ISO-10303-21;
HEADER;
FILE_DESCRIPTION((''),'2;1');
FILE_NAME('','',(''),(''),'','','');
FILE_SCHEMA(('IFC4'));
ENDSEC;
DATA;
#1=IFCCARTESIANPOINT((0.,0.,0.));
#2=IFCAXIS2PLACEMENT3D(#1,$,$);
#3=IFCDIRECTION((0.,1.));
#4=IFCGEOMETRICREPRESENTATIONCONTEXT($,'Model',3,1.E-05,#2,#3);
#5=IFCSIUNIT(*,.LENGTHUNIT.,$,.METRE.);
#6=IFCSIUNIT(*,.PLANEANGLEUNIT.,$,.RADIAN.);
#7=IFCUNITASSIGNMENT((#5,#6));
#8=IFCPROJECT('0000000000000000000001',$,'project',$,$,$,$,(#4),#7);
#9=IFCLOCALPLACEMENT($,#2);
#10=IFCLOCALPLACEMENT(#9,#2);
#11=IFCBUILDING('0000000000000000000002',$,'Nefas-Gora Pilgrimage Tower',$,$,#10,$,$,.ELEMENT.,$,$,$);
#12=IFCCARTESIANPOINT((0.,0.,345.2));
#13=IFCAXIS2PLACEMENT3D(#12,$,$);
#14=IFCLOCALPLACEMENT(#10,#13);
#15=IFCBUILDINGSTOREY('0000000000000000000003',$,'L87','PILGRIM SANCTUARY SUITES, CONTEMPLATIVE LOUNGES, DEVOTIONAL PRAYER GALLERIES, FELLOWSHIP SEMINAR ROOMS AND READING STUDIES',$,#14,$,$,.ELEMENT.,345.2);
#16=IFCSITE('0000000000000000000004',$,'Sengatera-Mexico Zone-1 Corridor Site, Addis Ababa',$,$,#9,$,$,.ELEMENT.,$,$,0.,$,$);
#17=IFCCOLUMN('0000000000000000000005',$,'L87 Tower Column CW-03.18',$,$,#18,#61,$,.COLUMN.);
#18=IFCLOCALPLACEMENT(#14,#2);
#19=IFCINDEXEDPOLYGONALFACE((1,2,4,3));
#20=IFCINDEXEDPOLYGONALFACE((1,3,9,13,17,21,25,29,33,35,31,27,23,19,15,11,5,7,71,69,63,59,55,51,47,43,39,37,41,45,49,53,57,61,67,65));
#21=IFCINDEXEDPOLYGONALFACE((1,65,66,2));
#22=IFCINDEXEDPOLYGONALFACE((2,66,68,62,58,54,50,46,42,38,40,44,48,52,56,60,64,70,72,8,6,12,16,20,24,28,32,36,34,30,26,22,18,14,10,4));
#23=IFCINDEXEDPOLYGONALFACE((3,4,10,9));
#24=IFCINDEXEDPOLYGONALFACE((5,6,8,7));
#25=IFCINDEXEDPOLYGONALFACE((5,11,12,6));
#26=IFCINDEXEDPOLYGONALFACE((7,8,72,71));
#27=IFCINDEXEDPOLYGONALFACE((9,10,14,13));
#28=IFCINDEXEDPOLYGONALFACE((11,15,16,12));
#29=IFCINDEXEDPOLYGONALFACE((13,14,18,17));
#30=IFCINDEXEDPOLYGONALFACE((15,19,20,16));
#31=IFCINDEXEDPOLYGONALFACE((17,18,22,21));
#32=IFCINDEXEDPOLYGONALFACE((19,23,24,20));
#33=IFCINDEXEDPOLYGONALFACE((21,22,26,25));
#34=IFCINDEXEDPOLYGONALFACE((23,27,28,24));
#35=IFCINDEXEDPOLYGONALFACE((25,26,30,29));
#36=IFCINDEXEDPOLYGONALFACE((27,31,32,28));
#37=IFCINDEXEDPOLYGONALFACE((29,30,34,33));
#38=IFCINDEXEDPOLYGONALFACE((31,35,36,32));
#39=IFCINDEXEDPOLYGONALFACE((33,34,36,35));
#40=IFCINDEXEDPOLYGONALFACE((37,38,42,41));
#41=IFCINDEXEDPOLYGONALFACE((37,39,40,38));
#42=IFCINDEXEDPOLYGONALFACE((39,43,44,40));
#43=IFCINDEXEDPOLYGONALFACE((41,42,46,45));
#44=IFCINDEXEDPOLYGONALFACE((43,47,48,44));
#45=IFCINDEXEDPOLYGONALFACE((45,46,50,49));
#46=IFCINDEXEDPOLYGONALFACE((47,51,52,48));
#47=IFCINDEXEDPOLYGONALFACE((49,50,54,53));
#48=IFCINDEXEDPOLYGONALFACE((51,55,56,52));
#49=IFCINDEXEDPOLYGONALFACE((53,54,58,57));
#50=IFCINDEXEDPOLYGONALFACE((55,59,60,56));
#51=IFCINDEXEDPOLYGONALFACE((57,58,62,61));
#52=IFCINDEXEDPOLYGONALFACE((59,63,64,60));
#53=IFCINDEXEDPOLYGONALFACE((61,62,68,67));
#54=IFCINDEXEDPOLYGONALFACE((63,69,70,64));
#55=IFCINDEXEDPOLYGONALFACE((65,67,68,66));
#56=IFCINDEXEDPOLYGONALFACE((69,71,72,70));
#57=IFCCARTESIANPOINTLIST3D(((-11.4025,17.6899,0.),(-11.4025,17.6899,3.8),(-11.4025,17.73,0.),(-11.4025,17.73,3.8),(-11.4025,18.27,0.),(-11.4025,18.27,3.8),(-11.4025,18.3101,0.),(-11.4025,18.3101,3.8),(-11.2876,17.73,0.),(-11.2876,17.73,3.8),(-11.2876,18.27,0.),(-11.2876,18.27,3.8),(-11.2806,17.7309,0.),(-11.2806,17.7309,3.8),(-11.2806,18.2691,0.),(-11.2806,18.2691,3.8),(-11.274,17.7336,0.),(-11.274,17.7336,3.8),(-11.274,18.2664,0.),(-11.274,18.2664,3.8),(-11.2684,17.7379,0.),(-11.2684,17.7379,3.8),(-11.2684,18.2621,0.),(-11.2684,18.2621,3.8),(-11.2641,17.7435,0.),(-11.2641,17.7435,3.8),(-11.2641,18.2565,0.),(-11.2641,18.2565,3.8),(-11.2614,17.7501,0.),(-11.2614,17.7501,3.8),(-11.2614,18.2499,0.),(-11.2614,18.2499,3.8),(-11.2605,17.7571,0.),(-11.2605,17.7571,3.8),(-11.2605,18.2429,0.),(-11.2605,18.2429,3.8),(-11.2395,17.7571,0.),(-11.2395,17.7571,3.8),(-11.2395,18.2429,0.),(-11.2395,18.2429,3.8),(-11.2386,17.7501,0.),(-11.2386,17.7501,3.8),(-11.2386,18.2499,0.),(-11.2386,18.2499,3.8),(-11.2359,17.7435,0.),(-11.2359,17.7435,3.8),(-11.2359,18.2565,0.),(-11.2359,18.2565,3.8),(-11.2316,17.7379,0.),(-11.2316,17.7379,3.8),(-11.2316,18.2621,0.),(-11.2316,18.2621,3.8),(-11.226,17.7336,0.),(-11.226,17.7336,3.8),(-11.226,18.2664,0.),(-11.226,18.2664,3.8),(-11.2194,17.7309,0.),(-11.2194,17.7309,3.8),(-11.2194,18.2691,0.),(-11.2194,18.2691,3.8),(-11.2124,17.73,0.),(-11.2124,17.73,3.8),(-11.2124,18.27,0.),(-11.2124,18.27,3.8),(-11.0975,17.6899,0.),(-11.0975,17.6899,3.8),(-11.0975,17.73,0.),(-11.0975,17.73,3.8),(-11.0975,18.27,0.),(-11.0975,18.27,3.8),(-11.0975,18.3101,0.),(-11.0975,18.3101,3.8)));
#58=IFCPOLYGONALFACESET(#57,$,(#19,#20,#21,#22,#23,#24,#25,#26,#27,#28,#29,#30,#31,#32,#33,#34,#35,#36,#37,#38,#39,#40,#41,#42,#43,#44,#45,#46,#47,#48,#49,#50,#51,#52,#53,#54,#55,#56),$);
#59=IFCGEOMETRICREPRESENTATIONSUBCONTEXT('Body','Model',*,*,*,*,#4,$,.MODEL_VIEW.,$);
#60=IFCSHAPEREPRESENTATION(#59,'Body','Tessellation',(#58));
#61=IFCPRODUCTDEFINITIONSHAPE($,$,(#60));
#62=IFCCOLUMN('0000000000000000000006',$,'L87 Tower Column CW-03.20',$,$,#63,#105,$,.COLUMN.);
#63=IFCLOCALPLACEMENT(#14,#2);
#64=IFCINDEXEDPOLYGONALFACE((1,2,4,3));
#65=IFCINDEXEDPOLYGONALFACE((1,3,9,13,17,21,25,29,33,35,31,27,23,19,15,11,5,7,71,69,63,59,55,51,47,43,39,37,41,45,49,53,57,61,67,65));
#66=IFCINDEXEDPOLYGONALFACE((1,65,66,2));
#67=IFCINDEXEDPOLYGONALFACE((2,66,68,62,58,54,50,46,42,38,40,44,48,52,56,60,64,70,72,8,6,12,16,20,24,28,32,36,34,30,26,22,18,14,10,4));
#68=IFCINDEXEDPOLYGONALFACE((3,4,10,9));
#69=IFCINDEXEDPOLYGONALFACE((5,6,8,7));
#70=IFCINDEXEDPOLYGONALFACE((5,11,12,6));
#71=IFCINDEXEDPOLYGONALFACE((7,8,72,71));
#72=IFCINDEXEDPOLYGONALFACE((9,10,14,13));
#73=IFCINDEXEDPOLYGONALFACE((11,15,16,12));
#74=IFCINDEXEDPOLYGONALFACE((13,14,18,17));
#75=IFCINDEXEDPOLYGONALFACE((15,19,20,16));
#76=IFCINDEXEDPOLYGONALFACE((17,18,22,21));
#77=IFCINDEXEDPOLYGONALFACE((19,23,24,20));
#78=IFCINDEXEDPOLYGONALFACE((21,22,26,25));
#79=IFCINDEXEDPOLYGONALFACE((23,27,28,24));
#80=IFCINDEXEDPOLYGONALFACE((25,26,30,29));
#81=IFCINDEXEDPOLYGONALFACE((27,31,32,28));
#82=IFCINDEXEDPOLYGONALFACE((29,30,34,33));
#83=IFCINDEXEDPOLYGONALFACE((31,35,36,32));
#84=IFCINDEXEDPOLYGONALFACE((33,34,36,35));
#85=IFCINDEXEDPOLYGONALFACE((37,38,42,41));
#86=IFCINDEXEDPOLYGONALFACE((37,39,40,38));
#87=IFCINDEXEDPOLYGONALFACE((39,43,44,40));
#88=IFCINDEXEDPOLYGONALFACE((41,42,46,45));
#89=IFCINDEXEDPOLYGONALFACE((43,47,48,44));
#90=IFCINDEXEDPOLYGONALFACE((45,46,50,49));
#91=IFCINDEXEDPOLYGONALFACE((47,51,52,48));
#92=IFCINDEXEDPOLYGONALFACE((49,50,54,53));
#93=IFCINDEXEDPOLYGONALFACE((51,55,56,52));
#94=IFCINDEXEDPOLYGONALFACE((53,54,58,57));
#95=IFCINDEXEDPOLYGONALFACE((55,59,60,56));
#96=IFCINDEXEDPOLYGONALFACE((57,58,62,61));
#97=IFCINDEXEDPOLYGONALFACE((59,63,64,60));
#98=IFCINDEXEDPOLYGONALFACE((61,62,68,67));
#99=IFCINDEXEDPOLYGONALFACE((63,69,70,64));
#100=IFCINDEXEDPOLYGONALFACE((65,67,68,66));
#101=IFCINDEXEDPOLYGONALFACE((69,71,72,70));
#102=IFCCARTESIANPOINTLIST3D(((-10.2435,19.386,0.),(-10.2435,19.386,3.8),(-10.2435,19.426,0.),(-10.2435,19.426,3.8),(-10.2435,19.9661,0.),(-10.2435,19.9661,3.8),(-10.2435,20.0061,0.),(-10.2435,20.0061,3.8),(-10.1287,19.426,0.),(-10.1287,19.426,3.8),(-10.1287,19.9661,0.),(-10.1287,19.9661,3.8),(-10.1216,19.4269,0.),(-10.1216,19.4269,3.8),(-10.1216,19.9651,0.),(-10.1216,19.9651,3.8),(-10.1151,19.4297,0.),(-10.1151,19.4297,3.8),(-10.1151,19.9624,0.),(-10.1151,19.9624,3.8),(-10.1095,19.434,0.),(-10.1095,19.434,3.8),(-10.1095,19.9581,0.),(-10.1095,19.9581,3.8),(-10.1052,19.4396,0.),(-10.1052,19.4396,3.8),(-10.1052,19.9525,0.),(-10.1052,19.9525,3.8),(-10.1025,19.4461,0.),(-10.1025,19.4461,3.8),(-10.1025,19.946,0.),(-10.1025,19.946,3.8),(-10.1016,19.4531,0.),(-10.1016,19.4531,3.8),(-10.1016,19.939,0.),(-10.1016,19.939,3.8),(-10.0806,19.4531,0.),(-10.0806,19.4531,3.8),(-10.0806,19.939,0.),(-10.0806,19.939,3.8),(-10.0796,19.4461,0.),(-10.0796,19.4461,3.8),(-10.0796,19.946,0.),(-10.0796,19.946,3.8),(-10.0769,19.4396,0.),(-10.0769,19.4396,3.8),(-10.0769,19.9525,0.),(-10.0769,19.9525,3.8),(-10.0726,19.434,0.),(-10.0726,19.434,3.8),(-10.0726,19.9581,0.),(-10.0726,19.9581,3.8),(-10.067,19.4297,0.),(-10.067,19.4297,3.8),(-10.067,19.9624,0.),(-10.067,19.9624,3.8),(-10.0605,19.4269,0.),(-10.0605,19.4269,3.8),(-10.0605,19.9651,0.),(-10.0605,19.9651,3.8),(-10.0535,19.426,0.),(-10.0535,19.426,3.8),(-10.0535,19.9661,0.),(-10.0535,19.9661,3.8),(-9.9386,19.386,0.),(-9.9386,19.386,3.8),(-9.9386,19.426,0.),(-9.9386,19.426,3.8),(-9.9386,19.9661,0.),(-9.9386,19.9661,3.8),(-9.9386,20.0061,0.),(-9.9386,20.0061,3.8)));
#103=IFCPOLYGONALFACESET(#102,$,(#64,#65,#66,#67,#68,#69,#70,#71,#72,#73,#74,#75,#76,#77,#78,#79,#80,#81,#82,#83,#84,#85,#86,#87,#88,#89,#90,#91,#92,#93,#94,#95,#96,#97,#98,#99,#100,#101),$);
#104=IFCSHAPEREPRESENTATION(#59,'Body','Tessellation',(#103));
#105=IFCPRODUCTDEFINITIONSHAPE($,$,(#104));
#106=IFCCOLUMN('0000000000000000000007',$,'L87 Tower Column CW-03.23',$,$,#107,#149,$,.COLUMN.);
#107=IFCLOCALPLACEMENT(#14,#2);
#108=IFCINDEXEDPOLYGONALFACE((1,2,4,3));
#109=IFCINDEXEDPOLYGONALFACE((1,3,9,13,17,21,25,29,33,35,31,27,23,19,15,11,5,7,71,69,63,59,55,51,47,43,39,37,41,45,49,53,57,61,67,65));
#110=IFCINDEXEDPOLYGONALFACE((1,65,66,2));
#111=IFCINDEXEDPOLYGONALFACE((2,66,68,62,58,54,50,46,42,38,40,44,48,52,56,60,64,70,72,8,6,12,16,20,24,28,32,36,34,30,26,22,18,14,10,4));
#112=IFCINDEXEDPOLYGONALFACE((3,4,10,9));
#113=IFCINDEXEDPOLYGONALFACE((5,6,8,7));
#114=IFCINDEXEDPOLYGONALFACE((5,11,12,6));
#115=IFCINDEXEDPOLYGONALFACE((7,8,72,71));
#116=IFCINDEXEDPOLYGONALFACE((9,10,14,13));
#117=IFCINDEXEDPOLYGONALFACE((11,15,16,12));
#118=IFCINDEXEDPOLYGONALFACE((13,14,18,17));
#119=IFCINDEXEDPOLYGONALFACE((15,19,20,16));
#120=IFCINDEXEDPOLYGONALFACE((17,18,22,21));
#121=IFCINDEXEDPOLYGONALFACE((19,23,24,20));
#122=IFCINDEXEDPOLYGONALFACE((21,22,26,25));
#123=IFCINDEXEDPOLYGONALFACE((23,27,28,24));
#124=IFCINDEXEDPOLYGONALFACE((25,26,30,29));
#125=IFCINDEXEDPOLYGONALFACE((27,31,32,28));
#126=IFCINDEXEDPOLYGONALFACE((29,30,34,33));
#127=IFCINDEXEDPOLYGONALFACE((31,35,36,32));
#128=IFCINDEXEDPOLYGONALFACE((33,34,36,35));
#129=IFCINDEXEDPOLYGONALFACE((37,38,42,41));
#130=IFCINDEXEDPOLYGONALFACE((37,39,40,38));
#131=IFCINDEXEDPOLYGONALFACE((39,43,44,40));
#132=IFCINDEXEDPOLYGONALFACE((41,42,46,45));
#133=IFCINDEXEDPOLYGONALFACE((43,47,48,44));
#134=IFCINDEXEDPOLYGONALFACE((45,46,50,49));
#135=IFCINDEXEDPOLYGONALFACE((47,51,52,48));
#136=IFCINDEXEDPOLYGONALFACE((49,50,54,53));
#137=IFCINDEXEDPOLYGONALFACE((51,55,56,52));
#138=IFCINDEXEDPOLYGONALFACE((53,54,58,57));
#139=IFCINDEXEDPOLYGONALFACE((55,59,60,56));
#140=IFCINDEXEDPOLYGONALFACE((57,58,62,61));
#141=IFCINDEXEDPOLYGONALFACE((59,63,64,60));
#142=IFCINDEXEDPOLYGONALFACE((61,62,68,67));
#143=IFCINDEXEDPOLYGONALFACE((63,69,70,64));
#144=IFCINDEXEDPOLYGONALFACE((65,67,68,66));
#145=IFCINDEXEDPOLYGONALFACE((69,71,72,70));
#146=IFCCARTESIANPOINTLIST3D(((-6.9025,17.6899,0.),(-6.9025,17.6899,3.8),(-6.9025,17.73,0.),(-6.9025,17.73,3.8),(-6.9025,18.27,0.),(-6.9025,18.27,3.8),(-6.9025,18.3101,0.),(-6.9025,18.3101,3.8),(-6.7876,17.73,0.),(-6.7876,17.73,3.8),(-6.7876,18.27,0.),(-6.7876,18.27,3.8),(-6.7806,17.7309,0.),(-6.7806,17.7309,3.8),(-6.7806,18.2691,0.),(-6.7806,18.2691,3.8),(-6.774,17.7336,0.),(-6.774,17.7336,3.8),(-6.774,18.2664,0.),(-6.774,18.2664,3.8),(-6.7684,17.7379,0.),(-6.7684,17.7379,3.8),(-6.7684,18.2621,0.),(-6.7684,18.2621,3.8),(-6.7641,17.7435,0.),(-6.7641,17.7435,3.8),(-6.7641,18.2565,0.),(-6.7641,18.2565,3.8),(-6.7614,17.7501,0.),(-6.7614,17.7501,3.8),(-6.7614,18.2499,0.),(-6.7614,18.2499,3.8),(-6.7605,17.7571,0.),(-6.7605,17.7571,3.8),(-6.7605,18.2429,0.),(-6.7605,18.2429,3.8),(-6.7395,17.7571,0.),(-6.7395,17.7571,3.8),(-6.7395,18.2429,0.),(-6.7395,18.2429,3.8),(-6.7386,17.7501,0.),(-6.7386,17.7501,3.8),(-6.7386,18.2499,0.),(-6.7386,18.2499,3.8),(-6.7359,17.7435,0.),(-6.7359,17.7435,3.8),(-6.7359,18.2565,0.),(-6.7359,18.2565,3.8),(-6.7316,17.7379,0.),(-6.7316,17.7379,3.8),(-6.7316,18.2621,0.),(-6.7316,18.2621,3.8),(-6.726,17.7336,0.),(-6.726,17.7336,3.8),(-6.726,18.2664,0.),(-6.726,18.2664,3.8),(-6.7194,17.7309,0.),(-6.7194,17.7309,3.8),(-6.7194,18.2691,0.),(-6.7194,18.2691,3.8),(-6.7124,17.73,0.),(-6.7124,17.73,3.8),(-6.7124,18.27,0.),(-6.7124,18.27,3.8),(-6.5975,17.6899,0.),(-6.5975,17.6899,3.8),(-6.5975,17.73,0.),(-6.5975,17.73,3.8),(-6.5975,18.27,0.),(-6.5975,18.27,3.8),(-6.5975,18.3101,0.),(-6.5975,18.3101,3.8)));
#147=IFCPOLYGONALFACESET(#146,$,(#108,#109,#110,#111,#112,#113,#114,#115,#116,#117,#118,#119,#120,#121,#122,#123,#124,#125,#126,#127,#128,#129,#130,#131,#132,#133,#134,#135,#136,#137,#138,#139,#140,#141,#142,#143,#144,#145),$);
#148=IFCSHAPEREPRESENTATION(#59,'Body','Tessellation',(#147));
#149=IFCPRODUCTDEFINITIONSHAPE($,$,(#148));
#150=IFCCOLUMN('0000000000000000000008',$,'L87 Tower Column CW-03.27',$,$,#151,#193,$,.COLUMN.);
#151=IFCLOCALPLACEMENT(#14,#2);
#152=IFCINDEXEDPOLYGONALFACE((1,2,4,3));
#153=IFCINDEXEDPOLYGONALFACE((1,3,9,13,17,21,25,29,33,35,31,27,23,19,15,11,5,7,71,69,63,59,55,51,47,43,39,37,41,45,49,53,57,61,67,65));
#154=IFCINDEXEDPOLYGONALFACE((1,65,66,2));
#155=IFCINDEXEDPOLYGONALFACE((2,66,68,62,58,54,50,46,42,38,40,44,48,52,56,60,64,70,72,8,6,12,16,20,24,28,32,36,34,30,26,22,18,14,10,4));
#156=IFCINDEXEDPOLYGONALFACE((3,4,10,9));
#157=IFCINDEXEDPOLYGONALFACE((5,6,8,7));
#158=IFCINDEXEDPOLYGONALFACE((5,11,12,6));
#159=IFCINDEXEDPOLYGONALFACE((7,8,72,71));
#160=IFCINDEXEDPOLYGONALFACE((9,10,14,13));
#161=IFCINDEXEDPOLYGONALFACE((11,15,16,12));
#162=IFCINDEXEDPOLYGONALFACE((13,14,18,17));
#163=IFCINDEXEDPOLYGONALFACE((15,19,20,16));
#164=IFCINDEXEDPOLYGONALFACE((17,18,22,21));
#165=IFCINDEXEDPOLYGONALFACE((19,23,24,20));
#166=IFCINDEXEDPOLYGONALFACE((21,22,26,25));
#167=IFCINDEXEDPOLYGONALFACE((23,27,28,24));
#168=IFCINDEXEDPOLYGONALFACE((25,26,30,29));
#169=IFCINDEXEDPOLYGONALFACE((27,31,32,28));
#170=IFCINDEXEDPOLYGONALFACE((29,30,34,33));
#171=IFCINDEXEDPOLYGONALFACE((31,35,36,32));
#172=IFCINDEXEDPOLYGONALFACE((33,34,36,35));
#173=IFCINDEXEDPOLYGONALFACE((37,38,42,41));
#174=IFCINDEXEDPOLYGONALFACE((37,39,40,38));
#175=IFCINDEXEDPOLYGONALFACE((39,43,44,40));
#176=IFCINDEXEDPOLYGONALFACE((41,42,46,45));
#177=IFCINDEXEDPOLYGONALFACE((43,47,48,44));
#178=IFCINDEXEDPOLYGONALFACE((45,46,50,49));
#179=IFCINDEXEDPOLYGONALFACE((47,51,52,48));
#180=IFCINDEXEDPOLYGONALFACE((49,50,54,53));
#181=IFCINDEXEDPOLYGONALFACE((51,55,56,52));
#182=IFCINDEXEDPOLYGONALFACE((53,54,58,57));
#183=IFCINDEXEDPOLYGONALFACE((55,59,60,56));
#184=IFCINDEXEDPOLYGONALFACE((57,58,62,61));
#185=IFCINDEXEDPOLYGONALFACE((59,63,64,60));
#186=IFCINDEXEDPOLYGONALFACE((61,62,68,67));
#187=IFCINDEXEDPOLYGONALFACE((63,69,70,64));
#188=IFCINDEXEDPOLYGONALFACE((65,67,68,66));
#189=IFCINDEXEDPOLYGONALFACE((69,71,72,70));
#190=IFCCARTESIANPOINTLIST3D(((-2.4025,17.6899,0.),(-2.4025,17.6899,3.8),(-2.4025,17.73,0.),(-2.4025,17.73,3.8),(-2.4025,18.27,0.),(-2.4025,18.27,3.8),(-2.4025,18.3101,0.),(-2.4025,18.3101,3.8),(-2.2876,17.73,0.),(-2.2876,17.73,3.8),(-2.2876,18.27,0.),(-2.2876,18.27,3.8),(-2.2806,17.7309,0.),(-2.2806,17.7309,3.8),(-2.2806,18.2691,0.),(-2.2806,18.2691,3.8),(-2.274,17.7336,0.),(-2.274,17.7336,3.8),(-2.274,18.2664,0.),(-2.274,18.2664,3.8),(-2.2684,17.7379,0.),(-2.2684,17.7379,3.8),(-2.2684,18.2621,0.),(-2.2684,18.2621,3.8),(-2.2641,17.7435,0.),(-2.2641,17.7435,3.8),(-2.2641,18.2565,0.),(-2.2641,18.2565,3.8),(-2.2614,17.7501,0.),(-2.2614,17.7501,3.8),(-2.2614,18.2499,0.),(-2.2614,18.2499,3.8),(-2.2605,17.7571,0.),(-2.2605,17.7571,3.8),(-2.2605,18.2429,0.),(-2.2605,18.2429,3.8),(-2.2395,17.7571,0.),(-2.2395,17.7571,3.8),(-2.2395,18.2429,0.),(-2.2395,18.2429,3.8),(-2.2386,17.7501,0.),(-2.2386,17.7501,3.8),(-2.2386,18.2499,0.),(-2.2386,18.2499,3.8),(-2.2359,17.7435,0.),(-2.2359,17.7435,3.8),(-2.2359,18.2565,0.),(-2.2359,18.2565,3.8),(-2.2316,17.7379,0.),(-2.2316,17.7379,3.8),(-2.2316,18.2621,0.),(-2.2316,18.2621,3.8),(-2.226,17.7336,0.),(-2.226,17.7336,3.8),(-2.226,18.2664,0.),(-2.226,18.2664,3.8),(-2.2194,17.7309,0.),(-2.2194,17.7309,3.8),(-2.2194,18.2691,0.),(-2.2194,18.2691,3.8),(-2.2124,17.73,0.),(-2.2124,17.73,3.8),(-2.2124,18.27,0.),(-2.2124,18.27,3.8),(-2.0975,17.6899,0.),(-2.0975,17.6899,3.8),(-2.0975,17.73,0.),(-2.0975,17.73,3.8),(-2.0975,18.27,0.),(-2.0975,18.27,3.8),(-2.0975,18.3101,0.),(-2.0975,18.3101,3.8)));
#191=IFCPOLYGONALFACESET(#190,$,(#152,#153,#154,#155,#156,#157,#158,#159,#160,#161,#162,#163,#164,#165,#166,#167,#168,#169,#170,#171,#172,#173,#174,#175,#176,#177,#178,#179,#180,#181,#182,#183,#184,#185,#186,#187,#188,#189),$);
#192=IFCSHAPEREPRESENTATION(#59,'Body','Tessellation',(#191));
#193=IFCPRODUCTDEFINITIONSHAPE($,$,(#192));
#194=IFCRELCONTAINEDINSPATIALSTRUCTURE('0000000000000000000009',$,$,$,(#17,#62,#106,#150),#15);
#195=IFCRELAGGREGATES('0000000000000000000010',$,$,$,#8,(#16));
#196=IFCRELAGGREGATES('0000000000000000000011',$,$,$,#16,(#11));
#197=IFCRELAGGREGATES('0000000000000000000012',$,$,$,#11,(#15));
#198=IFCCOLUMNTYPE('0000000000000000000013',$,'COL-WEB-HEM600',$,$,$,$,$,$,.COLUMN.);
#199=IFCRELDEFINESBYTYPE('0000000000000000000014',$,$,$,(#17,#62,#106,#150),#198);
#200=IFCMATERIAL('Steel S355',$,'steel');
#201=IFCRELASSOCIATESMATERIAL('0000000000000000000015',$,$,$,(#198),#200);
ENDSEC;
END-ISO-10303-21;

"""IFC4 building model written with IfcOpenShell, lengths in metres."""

from ifc_helpers import new_model, si_unit, direction, frame, origin, origin_2d, place, context, subcontext, project, spatial, i_section, extrude, source, transform, mapped, material, material_profile, profile_set, type_object, element, save


model = new_model("IFC4")

# Units and contexts
model_context = context("Model", 3, precision=1e-05, world=origin(), true_north=direction((0.0, 1.0)))
body_context = subcontext(model_context, "Body", "Model", "MODEL_VIEW")
ifc_project = project(units=[si_unit("LENGTHUNIT", "METRE"), si_unit("PLANEANGLEUNIT", "RADIAN")], contexts=[model_context])

# Site, building, storey
site_placement = place(None, origin())
site = spatial("IfcSite", under=ifc_project, at=site_placement, Name="Sengatera-Mexico Zone-1 Corridor Site, Addis Ababa", CompositionType="ELEMENT", RefElevation=0.0)
building_placement = place(site_placement, origin())
building = spatial("IfcBuilding", under=site, at=building_placement, Name="Nefas-Gora Pilgrimage Tower", CompositionType="ELEMENT")
storey_placement = place(building_placement, frame((0.0, 0.0, 345.2)))
storey = spatial("IfcBuildingStorey", under=building, at=storey_placement, Name="L87", Description="PILGRIM SANCTUARY SUITES, CONTEMPLATIVE LOUNGES, DEVOTIONAL PRAYER GALLERIES, FELLOWSHIP SEMINAR ROOMS AND READING STUDIES", CompositionType="ELEMENT", Elevation=345.2)

# Columns
ifc_material_1 = material(Name="Steel S355", Category="steel")
ifc_material_profile_1 = material_profile(ifc_material_1, i_section(OverallWidth=0.3049, OverallDepth=0.6201, WebThickness=0.021, FlangeThickness=0.04, FilletRadius=0.0271, at=origin_2d()), Name="HEM 600")
ifc_profile_set_1 = profile_set([ifc_material_profile_1], Name="Steel S355")
column_type_1 = type_object("IfcColumnType", Name="COL-WEB-HEM600", PredefinedType="COLUMN", material=ifc_profile_set_1)
shared_shape_1 = source(origin(), body_context, "Body", "SweptSolid", [
    extrude(i_section(OverallWidth=0.3049, OverallDepth=0.6201, WebThickness=0.021, FlangeThickness=0.04, FilletRadius=0.0271, at=origin_2d()), origin(), (0.0, 0.0, 1.0), 3.8),
])
for number, where, z_axis, x_axis, name in (
    (1, (-11.25, 18.0, 0.0), (0.0, 0.0, 1.0), (1.0, 0.0, 0.0), "L87 Tower Column CW-03.18"),
    (2, (-10.0911, 19.696, 0.0), (0.0, 0.0, 1.0), (1.0, 0.0, 0.0), "L87 Tower Column CW-03.20"),
    (3, (-6.75, 18.0, 0.0), (0.0, 0.0, 1.0), (1.0, 0.0, 0.0), "L87 Tower Column CW-03.23"),
    (4, (-2.25, 18.0, 0.0), (0.0, 0.0, 1.0), (1.0, 0.0, 0.0), "L87 Tower Column CW-03.27"),
):
    element("IfcColumn", number, at=place(storey_placement, frame(where, z_axis=z_axis, x_axis=x_axis)), inside=storey, type_object=column_type_1, Name=name, PredefinedType="COLUMN", context=body_context, shape_type="MappedRepresentation", body=[
        mapped(shared_shape_1, transform((0.0, 0.0, 0.0), x_axis=(1.0, 0.0, 0.0), y_axis=(0.0, 1.0, 0.0), z_axis=(0.0, 0.0, 1.0), scale=1.0)),
    ])

save(model, "model.ifc")
